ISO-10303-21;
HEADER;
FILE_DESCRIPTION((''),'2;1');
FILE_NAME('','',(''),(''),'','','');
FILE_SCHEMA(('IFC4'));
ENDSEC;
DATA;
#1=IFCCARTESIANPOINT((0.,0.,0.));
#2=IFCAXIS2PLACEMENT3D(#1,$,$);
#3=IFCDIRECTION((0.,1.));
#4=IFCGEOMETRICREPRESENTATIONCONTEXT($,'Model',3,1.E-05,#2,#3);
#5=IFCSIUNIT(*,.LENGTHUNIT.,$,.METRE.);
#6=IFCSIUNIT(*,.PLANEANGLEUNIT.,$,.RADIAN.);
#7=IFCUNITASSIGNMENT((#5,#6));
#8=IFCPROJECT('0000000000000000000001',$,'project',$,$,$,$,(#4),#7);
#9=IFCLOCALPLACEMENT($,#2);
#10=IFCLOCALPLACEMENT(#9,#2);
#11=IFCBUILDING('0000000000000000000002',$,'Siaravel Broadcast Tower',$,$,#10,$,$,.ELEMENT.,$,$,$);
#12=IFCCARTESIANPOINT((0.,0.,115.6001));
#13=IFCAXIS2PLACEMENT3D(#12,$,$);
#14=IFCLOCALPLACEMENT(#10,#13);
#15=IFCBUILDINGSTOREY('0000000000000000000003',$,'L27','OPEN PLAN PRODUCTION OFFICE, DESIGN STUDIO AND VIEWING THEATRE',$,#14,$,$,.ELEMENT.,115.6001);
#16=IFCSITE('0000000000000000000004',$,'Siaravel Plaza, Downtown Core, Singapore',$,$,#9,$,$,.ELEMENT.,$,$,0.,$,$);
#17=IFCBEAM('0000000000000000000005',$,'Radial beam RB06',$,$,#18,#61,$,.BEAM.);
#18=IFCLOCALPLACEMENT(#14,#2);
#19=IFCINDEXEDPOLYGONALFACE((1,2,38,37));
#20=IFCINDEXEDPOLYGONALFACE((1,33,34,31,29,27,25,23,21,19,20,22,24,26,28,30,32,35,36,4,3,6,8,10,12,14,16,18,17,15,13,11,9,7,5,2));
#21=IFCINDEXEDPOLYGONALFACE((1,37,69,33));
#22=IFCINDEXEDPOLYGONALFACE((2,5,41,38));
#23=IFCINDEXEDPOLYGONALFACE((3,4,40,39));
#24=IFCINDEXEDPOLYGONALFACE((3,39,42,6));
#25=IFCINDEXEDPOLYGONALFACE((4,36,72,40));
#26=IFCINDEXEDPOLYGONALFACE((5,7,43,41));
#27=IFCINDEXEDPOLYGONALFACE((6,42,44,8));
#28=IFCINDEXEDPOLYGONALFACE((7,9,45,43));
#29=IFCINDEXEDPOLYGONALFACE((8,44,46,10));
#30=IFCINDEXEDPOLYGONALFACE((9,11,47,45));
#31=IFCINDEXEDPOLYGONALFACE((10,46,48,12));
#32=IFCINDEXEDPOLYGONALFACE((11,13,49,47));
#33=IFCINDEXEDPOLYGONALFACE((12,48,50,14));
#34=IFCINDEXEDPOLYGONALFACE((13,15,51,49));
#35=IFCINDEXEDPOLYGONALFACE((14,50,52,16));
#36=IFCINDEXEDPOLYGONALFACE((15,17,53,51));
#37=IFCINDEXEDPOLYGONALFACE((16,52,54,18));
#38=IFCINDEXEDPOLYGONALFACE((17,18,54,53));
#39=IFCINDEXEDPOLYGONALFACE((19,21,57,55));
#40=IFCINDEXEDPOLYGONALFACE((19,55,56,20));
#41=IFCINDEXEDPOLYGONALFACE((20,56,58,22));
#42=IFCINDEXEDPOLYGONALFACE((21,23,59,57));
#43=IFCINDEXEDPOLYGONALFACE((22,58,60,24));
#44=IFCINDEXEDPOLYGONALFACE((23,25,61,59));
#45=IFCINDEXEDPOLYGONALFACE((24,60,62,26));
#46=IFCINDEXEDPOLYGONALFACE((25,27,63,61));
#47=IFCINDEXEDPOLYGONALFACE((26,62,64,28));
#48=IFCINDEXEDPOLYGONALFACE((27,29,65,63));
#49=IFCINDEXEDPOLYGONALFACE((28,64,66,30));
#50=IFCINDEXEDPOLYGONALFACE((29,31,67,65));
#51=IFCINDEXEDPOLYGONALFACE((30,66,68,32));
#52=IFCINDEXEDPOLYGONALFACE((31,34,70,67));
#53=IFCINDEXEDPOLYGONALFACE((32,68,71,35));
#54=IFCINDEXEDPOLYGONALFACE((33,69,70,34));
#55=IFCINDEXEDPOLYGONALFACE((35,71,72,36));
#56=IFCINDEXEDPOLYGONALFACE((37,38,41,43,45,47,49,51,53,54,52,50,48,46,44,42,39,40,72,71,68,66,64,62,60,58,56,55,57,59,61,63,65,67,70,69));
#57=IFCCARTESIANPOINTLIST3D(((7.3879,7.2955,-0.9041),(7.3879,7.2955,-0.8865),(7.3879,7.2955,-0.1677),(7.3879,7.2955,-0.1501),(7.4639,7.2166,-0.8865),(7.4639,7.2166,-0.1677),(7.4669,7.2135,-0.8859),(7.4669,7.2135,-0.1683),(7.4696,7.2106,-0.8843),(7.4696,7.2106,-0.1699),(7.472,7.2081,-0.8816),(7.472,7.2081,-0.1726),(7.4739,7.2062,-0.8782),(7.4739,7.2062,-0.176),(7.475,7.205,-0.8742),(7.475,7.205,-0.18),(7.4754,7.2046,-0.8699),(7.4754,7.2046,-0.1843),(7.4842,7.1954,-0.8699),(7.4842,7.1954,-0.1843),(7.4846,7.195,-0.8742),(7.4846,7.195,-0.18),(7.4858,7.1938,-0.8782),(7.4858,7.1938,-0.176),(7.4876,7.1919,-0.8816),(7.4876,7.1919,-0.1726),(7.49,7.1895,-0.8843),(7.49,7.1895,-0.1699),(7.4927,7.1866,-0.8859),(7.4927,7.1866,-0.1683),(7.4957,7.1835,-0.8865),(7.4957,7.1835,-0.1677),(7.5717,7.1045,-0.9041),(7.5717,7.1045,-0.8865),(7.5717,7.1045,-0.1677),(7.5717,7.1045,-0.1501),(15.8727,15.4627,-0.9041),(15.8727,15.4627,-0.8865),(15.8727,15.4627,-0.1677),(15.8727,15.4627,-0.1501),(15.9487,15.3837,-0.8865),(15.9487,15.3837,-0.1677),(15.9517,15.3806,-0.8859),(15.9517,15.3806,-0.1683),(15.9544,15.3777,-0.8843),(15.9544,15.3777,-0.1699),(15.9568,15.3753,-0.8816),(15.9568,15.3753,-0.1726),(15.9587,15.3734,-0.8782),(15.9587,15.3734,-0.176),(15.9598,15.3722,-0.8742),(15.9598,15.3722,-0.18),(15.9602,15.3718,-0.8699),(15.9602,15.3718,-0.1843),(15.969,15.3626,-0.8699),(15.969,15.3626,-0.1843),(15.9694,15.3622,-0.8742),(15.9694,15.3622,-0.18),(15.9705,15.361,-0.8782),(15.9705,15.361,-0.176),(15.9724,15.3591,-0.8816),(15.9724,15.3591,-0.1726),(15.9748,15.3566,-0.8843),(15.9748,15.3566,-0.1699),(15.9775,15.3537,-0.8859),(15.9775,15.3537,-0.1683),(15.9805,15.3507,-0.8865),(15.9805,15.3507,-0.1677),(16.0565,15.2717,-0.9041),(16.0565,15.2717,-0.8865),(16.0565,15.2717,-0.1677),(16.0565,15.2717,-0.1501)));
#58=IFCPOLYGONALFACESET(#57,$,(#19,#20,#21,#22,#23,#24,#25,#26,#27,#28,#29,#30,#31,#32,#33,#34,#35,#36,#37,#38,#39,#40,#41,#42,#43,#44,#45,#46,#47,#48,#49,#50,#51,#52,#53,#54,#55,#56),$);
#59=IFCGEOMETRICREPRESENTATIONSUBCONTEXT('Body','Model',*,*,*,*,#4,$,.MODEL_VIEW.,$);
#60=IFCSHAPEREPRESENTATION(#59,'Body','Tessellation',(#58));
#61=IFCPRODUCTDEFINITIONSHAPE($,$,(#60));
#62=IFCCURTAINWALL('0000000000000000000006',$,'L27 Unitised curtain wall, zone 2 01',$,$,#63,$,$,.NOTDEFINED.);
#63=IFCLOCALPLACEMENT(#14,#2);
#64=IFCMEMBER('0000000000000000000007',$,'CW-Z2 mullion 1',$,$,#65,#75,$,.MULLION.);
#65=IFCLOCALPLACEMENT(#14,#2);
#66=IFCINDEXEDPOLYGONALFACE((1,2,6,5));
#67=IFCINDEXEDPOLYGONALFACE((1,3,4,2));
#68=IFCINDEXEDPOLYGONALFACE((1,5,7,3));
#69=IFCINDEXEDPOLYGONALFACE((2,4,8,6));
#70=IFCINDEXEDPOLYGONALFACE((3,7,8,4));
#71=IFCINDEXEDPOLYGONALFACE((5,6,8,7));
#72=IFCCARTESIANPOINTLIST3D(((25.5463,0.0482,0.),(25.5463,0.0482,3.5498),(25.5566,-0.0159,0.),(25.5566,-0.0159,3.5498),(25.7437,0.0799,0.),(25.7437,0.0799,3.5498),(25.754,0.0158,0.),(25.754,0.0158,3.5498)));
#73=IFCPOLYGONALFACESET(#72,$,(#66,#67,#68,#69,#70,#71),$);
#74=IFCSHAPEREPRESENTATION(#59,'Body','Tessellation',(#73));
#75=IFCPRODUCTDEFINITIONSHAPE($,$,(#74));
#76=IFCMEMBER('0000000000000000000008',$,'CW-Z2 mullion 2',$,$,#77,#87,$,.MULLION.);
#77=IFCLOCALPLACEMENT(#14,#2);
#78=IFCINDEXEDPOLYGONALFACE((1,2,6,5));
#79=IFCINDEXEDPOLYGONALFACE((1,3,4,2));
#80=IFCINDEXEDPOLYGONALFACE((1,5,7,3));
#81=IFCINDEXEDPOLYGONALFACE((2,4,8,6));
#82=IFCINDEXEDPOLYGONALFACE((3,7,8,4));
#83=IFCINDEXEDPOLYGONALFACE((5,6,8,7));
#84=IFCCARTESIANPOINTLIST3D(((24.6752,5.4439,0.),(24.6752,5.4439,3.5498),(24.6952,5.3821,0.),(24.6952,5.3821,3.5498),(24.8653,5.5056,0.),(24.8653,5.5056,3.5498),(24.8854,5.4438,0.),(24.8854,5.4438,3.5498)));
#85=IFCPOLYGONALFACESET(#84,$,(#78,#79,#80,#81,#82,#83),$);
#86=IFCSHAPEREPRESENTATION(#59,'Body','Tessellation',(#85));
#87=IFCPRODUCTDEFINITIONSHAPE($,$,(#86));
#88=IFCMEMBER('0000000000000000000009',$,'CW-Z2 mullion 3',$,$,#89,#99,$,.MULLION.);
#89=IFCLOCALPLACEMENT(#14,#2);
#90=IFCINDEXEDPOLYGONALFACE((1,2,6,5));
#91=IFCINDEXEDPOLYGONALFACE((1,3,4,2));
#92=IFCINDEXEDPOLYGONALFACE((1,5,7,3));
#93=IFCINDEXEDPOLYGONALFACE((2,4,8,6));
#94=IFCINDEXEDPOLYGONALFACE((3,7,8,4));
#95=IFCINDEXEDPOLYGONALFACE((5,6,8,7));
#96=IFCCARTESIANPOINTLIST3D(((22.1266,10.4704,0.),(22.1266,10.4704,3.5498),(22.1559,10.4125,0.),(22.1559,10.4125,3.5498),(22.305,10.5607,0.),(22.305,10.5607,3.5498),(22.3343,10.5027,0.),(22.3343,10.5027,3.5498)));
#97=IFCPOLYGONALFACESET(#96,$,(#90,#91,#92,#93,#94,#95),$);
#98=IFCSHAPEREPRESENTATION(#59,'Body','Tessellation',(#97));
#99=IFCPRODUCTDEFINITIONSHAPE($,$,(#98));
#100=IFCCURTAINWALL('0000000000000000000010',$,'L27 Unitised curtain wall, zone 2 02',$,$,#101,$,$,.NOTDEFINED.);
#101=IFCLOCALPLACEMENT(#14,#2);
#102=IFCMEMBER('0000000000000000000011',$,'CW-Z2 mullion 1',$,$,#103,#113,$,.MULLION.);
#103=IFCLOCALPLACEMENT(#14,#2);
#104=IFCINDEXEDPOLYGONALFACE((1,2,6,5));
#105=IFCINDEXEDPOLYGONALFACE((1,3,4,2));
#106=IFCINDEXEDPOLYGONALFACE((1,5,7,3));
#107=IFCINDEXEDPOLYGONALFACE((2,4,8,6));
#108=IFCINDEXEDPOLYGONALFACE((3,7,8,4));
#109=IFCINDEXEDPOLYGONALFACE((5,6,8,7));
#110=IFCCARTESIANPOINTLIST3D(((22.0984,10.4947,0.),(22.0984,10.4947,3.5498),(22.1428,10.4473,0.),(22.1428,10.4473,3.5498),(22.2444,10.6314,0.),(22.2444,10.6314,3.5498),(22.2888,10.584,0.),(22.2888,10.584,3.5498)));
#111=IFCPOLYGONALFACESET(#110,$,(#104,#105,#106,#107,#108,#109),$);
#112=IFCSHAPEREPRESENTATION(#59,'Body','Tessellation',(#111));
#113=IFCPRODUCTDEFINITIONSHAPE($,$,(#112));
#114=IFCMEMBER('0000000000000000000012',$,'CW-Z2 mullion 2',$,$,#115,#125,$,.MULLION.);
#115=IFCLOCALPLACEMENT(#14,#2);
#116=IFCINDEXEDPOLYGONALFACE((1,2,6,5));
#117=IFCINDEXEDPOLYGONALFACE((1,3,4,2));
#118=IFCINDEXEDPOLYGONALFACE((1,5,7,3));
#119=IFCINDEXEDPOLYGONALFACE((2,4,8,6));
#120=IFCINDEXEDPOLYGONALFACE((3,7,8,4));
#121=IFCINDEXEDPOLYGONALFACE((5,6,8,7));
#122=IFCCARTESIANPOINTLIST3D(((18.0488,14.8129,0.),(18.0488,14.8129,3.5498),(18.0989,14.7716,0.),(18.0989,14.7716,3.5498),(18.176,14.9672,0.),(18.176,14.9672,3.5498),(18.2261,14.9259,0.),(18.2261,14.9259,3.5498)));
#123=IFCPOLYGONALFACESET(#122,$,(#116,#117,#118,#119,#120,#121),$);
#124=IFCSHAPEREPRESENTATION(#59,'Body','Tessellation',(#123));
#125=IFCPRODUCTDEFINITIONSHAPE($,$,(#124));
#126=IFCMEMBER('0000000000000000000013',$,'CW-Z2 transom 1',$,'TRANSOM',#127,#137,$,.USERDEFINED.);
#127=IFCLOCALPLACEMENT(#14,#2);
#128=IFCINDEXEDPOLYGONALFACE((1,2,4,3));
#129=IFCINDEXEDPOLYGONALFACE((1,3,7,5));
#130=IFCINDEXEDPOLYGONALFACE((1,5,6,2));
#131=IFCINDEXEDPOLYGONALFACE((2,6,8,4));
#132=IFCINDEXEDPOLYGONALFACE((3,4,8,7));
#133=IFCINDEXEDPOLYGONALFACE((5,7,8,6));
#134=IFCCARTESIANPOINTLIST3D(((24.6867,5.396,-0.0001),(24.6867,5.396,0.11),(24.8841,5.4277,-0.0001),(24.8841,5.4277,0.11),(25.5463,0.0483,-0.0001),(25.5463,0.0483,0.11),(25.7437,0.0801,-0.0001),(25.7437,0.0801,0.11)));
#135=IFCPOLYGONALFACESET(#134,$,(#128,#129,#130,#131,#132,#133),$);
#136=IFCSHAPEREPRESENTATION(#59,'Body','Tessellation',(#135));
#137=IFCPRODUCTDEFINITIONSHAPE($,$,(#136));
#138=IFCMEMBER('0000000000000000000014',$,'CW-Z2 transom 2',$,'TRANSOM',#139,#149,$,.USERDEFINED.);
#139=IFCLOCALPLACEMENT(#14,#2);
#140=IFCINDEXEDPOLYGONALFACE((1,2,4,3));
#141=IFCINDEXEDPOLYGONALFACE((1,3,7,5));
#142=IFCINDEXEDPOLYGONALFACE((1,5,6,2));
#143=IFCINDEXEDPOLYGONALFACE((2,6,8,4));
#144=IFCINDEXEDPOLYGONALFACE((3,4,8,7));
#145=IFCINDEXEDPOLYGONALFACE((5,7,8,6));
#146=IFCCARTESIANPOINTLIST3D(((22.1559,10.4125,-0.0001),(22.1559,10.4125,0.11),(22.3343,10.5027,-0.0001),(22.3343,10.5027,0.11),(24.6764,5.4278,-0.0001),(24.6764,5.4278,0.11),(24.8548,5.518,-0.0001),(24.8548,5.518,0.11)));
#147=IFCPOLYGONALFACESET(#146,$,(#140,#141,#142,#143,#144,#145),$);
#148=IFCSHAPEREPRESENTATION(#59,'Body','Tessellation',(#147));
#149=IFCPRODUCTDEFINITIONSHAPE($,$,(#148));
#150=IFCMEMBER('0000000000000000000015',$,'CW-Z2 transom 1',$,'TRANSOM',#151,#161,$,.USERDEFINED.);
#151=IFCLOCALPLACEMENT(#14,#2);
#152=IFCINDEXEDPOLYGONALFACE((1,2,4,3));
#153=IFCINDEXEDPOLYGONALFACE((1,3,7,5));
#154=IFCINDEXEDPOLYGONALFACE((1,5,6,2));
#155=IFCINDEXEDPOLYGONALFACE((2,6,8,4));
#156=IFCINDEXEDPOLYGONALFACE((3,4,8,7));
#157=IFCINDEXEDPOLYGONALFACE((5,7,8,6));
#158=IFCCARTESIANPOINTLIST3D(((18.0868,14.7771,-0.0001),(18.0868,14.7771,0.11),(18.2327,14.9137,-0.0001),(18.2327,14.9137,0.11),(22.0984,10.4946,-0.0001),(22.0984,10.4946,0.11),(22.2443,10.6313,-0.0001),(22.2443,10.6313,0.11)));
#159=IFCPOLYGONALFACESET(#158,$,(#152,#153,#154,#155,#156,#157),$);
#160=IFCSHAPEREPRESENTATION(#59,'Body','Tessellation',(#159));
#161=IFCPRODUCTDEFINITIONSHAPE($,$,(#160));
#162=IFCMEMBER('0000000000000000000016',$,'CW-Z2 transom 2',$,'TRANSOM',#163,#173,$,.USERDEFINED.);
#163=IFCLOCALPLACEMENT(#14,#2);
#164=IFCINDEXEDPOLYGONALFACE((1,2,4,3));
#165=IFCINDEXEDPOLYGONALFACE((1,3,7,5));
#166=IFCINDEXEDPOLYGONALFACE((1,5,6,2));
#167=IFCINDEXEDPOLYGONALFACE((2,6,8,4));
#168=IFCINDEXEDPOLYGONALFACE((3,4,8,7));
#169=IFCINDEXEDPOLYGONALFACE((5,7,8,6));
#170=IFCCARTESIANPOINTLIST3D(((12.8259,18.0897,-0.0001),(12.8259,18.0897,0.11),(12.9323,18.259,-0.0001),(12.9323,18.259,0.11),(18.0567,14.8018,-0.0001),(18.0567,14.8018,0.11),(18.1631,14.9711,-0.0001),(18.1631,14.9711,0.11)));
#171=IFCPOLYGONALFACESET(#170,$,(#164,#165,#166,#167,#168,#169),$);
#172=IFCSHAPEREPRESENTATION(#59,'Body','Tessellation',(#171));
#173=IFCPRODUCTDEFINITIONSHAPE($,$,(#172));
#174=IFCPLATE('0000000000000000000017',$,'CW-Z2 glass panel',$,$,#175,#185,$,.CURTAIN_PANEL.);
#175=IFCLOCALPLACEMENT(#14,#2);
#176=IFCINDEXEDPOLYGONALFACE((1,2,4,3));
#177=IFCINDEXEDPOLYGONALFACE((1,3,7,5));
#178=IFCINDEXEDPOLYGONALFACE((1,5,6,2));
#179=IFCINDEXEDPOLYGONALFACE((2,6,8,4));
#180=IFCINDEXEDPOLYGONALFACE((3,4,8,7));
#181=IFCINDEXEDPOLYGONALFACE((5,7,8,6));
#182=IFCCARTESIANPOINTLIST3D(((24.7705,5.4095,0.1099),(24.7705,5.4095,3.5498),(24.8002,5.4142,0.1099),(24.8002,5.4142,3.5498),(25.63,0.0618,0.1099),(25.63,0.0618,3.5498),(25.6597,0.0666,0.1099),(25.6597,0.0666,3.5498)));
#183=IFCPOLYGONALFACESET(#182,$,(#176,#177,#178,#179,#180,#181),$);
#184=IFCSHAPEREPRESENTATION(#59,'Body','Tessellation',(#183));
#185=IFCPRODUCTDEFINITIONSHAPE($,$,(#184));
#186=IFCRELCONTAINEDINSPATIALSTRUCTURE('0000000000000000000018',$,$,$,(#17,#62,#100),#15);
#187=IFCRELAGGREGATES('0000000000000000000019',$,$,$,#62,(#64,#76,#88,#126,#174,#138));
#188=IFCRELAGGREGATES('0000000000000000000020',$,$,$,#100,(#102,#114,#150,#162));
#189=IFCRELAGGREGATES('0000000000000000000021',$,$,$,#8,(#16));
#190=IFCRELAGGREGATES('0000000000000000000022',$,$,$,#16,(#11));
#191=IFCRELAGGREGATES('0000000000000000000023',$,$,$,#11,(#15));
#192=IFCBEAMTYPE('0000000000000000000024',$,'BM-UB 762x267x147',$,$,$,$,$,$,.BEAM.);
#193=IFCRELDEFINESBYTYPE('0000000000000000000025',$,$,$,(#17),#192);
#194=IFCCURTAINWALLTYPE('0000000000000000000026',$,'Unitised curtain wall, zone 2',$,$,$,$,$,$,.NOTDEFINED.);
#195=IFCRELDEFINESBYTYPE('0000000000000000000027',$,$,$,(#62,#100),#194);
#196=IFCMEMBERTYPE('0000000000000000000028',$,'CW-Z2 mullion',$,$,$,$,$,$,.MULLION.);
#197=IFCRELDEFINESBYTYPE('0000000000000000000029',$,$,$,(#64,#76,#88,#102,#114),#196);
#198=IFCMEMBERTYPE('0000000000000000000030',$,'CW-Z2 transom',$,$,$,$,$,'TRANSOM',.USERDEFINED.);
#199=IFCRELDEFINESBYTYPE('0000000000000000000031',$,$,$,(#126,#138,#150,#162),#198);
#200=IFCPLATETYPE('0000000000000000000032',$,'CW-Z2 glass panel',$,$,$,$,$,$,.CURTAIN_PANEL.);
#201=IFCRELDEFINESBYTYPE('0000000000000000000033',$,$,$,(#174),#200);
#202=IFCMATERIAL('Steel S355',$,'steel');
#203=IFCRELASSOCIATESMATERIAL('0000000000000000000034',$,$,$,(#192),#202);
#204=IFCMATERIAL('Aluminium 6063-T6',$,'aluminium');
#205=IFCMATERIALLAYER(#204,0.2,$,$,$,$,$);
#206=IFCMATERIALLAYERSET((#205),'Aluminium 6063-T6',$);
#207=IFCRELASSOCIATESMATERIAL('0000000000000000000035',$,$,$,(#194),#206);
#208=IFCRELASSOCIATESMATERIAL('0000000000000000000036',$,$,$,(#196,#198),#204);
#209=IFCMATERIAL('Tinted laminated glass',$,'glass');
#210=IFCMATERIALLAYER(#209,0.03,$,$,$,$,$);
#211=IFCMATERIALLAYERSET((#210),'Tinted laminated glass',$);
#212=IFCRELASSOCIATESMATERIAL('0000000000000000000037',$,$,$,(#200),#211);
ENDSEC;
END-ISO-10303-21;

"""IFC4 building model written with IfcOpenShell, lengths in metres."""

from ifc_helpers import new_model, si_unit, direction, frame, origin, origin_2d, place, context, subcontext, project, spatial, rectangle, i_section, extrude, material, layer, layer_set, material_profile, profile_set, type_object, element, aggregate, save


model = new_model("IFC4")

# Units and contexts
model_context = context("Model", 3, precision=1e-05, world=origin(), true_north=direction((0.0, 1.0)))
body_context = subcontext(model_context, "Body", "Model", "MODEL_VIEW")
ifc_project = project(units=[si_unit("LENGTHUNIT", "METRE"), si_unit("PLANEANGLEUNIT", "RADIAN")], contexts=[model_context])

# Site, building, storey
site_placement = place(None, origin())
site = spatial("IfcSite", under=ifc_project, at=site_placement, Name="Siaravel Plaza, Downtown Core, Singapore", CompositionType="ELEMENT", RefElevation=0.0)
building_placement = place(site_placement, origin())
building = spatial("IfcBuilding", under=site, at=building_placement, Name="Siaravel Broadcast Tower", CompositionType="ELEMENT")
storey_placement = place(building_placement, frame((0.0, 0.0, 115.6001)))
storey = spatial("IfcBuildingStorey", under=building, at=storey_placement, Name="L27", Description="OPEN PLAN PRODUCTION OFFICE, DESIGN STUDIO AND VIEWING THEATRE", CompositionType="ELEMENT", Elevation=115.6001)

# Beam
ifc_material_1 = material(Name="Steel S355", Category="steel")
ifc_material_profile_1 = material_profile(ifc_material_1, i_section(OverallWidth=0.2651, OverallDepth=0.7539, WebThickness=0.0127, FlangeThickness=0.0176, FilletRadius=0.0166, at=origin_2d()))
ifc_profile_set_1 = profile_set([ifc_material_profile_1], Name="Steel S355")
beam_type = type_object("IfcBeamType", Name="BM-UB 762x267x147", PredefinedType="BEAM", material=ifc_profile_set_1)
beam_1_placement = place(storey_placement, frame((15.9646, 15.3672, -0.5271), z_axis=(-0.720463, -0.693493, 0.0), x_axis=(0.693493, -0.720463, 0.0)))
element("IfcBeam", 1, at=beam_1_placement, inside=storey, type_object=beam_type, Name="Radial beam RB06", PredefinedType="BEAM", context=body_context, shape_type="SweptSolid", body=[
    extrude(i_section(OverallWidth=0.2651, OverallDepth=0.7539, WebThickness=0.0127, FlangeThickness=0.0176, FilletRadius=0.0166, at=origin_2d()), origin(), (0.0, 0.0, 1.0), 11.7769),
])

# Curtain walls, members
ifc_material_2 = material(Name="Aluminium 6063-T6", Category="aluminium")
ifc_layer_1 = layer(ifc_material_2, 0.2)
ifc_layer_set_1 = layer_set([ifc_layer_1], Name="Aluminium 6063-T6")
curtain_wall_type = type_object("IfcCurtainWallType", Name="Unitised curtain wall, zone 2", PredefinedType="NOTDEFINED", material=ifc_layer_set_1)
curtain_wall_1_placement = place(storey_placement, origin())
curtain_wall_1 = element("IfcCurtainWall", 2, at=curtain_wall_1_placement, inside=storey, type_object=curtain_wall_type, Name="L27 Unitised curtain wall, zone 2 01", PredefinedType="NOTDEFINED")
ifc_material_profile_2 = material_profile(ifc_material_2, rectangle(XDim=0.2, YDim=0.0649, at=origin_2d()))
ifc_profile_set_2 = profile_set([ifc_material_profile_2], Name="Aluminium 6063-T6")
member_type_1 = type_object("IfcMemberType", Name="CW-Z2 mullion", PredefinedType="MULLION", material=ifc_profile_set_2)
member_1_placement = place(storey_placement, frame((25.6501, 0.032, 0.0), z_axis=(0.0, 0.0, 1.0), x_axis=(-0.987329, -0.158686, 0.0)))
member_1 = element("IfcMember", 3, at=member_1_placement, type_object=member_type_1, Name="CW-Z2 mullion 1", PredefinedType="MULLION", context=body_context, shape_type="SweptSolid", body=[
    extrude(rectangle(XDim=0.2, YDim=0.0649, at=origin_2d()), origin(), (0.0, 0.0, 1.0), 3.5498),
])
member_2_placement = place(storey_placement, frame((24.7803, 5.4438, 0.0), z_axis=(0.0, 0.0, 1.0), x_axis=(-0.951177, -0.308646, 0.0)))
member_2 = element("IfcMember", 4, at=member_2_placement, type_object=member_type_1, Name="CW-Z2 mullion 2", PredefinedType="MULLION", context=body_context, shape_type="SweptSolid", body=[
    extrude(rectangle(XDim=0.2, YDim=0.0649, at=origin_2d()), origin(), (0.0, 0.0, 1.0), 3.5498),
])
member_3_placement = place(storey_placement, frame((22.2305, 10.4866, 0.0), z_axis=(0.0, 0.0, 1.0), x_axis=(-0.892392, -0.451261, 0.0)))
member_3 = element("IfcMember", 5, at=member_3_placement, type_object=member_type_1, Name="CW-Z2 mullion 3", PredefinedType="MULLION", context=body_context, shape_type="SweptSolid", body=[
    extrude(rectangle(XDim=0.2, YDim=0.0649, at=origin_2d()), origin(), (0.0, 0.0, 1.0), 3.5498),
])
curtain_wall_2_placement = place(storey_placement, origin())
curtain_wall_2 = element("IfcCurtainWall", 6, at=curtain_wall_2_placement, inside=storey, type_object=curtain_wall_type, Name="L27 Unitised curtain wall, zone 2 02", PredefinedType="NOTDEFINED")
member_4_placement = place(storey_placement, frame((22.1936, 10.5393, 0.0), z_axis=(0.0, 0.0, 1.0), x_axis=(-0.729805, -0.683655, 0.0)))
member_4 = element("IfcMember", 7, at=member_4_placement, type_object=member_type_1, Name="CW-Z2 mullion 1", PredefinedType="MULLION", context=body_context, shape_type="SweptSolid", body=[
    extrude(rectangle(XDim=0.2, YDim=0.0649, at=origin_2d()), origin(), (0.0, 0.0, 1.0), 3.5498),
])
member_5_placement = place(storey_placement, frame((18.1375, 14.8694, 0.0), z_axis=(0.0, 0.0, 1.0), x_axis=(-0.636218, -0.771509, 0.0)))
member_5 = element("IfcMember", 8, at=member_5_placement, type_object=member_type_1, Name="CW-Z2 mullion 2", PredefinedType="MULLION", context=body_context, shape_type="SweptSolid", body=[
    extrude(rectangle(XDim=0.2, YDim=0.0649, at=origin_2d()), origin(), (0.0, 0.0, 1.0), 3.5498),
])

# Members
ifc_material_profile_3 = material_profile(ifc_material_2, rectangle(XDim=0.2, YDim=0.1101, at=origin_2d()))
ifc_profile_set_3 = profile_set([ifc_material_profile_3], Name="Aluminium 6063-T6")
member_type_2 = type_object("IfcMemberType", Name="CW-Z2 transom", ElementType="TRANSOM", PredefinedType="USERDEFINED", material=ifc_profile_set_3)
member_6_placement = place(storey_placement, frame((25.645, 0.0642, 0.0549), z_axis=(-0.158709, 0.987325, 0.0), x_axis=(-0.987325, -0.158709, 0.0)))
member_6 = element("IfcMember", 9, at=member_6_placement, type_object=member_type_2, Name="CW-Z2 transom 1", ObjectType="TRANSOM", PredefinedType="USERDEFINED", context=body_context, shape_type="SweptSolid", body=[
    extrude(rectangle(XDim=0.2, YDim=0.1101, at=origin_2d()), origin(), (0.0, 0.0, 1.0), 5.4163),
])
member_7_placement = place(storey_placement, frame((24.7656, 5.4729, 0.0549), z_axis=(-0.451248, 0.892399, 0.0), x_axis=(-0.892399, -0.451248, 0.0)))
member_7 = element("IfcMember", 10, at=member_7_placement, type_object=member_type_2, Name="CW-Z2 transom 2", ObjectType="TRANSOM", PredefinedType="USERDEFINED", context=body_context, shape_type="SweptSolid", body=[
    extrude(rectangle(XDim=0.2, YDim=0.1101, at=origin_2d()), origin(), (0.0, 0.0, 1.0), 5.5857),
])
member_8_placement = place(storey_placement, frame((22.1714, 10.563, 0.0549), z_axis=(-0.68366, 0.729801, 0.0), x_axis=(-0.729801, -0.68366, 0.0)))
member_8 = element("IfcMember", 11, at=member_8_placement, type_object=member_type_2, Name="CW-Z2 transom 1", ObjectType="TRANSOM", PredefinedType="USERDEFINED", context=body_context, shape_type="SweptSolid", body=[
    extrude(rectangle(XDim=0.2, YDim=0.1101, at=origin_2d()), origin(), (0.0, 0.0, 1.0), 5.8679),
])
member_9_placement = place(storey_placement, frame((18.1099, 14.8865, 0.0549), z_axis=(-0.846639, 0.532167, 0.0), x_axis=(-0.532167, -0.846639, 0.0)))
member_9 = element("IfcMember", 12, at=member_9_placement, type_object=member_type_2, Name="CW-Z2 transom 2", ObjectType="TRANSOM", PredefinedType="USERDEFINED", context=body_context, shape_type="SweptSolid", body=[
    extrude(rectangle(XDim=0.2, YDim=0.1101, at=origin_2d()), origin(), (0.0, 0.0, 1.0), 6.1782),
])

# Plate
ifc_material_3 = material(Name="Tinted laminated glass", Category="glass")
ifc_layer_2 = layer(ifc_material_3, 0.03)
ifc_layer_set_2 = layer_set([ifc_layer_2], Name="Tinted laminated glass")
plate_type = type_object("IfcPlateType", Name="CW-Z2 glass panel", PredefinedType="CURTAIN_PANEL", material=ifc_layer_set_2)
plate_1_placement = place(storey_placement, frame((25.2151, 2.738, 0.1099), z_axis=(0.0, 0.0, 1.0), x_axis=(-0.158686, 0.987329, 0.0)))
plate_1 = element("IfcPlate", 13, at=plate_1_placement, type_object=plate_type, Name="CW-Z2 glass panel", PredefinedType="CURTAIN_PANEL", context=body_context, shape_type="SweptSolid", body=[
    extrude(rectangle(XDim=5.4163, YDim=0.03, at=origin_2d()), origin(), (0.0, 0.0, 1.0), 3.4399),
])
aggregate(curtain_wall_1, [member_1, member_2, member_3, member_6, plate_1, member_7])
aggregate(curtain_wall_2, [member_4, member_5, member_8, member_9])

save(model, "model.ifc")
